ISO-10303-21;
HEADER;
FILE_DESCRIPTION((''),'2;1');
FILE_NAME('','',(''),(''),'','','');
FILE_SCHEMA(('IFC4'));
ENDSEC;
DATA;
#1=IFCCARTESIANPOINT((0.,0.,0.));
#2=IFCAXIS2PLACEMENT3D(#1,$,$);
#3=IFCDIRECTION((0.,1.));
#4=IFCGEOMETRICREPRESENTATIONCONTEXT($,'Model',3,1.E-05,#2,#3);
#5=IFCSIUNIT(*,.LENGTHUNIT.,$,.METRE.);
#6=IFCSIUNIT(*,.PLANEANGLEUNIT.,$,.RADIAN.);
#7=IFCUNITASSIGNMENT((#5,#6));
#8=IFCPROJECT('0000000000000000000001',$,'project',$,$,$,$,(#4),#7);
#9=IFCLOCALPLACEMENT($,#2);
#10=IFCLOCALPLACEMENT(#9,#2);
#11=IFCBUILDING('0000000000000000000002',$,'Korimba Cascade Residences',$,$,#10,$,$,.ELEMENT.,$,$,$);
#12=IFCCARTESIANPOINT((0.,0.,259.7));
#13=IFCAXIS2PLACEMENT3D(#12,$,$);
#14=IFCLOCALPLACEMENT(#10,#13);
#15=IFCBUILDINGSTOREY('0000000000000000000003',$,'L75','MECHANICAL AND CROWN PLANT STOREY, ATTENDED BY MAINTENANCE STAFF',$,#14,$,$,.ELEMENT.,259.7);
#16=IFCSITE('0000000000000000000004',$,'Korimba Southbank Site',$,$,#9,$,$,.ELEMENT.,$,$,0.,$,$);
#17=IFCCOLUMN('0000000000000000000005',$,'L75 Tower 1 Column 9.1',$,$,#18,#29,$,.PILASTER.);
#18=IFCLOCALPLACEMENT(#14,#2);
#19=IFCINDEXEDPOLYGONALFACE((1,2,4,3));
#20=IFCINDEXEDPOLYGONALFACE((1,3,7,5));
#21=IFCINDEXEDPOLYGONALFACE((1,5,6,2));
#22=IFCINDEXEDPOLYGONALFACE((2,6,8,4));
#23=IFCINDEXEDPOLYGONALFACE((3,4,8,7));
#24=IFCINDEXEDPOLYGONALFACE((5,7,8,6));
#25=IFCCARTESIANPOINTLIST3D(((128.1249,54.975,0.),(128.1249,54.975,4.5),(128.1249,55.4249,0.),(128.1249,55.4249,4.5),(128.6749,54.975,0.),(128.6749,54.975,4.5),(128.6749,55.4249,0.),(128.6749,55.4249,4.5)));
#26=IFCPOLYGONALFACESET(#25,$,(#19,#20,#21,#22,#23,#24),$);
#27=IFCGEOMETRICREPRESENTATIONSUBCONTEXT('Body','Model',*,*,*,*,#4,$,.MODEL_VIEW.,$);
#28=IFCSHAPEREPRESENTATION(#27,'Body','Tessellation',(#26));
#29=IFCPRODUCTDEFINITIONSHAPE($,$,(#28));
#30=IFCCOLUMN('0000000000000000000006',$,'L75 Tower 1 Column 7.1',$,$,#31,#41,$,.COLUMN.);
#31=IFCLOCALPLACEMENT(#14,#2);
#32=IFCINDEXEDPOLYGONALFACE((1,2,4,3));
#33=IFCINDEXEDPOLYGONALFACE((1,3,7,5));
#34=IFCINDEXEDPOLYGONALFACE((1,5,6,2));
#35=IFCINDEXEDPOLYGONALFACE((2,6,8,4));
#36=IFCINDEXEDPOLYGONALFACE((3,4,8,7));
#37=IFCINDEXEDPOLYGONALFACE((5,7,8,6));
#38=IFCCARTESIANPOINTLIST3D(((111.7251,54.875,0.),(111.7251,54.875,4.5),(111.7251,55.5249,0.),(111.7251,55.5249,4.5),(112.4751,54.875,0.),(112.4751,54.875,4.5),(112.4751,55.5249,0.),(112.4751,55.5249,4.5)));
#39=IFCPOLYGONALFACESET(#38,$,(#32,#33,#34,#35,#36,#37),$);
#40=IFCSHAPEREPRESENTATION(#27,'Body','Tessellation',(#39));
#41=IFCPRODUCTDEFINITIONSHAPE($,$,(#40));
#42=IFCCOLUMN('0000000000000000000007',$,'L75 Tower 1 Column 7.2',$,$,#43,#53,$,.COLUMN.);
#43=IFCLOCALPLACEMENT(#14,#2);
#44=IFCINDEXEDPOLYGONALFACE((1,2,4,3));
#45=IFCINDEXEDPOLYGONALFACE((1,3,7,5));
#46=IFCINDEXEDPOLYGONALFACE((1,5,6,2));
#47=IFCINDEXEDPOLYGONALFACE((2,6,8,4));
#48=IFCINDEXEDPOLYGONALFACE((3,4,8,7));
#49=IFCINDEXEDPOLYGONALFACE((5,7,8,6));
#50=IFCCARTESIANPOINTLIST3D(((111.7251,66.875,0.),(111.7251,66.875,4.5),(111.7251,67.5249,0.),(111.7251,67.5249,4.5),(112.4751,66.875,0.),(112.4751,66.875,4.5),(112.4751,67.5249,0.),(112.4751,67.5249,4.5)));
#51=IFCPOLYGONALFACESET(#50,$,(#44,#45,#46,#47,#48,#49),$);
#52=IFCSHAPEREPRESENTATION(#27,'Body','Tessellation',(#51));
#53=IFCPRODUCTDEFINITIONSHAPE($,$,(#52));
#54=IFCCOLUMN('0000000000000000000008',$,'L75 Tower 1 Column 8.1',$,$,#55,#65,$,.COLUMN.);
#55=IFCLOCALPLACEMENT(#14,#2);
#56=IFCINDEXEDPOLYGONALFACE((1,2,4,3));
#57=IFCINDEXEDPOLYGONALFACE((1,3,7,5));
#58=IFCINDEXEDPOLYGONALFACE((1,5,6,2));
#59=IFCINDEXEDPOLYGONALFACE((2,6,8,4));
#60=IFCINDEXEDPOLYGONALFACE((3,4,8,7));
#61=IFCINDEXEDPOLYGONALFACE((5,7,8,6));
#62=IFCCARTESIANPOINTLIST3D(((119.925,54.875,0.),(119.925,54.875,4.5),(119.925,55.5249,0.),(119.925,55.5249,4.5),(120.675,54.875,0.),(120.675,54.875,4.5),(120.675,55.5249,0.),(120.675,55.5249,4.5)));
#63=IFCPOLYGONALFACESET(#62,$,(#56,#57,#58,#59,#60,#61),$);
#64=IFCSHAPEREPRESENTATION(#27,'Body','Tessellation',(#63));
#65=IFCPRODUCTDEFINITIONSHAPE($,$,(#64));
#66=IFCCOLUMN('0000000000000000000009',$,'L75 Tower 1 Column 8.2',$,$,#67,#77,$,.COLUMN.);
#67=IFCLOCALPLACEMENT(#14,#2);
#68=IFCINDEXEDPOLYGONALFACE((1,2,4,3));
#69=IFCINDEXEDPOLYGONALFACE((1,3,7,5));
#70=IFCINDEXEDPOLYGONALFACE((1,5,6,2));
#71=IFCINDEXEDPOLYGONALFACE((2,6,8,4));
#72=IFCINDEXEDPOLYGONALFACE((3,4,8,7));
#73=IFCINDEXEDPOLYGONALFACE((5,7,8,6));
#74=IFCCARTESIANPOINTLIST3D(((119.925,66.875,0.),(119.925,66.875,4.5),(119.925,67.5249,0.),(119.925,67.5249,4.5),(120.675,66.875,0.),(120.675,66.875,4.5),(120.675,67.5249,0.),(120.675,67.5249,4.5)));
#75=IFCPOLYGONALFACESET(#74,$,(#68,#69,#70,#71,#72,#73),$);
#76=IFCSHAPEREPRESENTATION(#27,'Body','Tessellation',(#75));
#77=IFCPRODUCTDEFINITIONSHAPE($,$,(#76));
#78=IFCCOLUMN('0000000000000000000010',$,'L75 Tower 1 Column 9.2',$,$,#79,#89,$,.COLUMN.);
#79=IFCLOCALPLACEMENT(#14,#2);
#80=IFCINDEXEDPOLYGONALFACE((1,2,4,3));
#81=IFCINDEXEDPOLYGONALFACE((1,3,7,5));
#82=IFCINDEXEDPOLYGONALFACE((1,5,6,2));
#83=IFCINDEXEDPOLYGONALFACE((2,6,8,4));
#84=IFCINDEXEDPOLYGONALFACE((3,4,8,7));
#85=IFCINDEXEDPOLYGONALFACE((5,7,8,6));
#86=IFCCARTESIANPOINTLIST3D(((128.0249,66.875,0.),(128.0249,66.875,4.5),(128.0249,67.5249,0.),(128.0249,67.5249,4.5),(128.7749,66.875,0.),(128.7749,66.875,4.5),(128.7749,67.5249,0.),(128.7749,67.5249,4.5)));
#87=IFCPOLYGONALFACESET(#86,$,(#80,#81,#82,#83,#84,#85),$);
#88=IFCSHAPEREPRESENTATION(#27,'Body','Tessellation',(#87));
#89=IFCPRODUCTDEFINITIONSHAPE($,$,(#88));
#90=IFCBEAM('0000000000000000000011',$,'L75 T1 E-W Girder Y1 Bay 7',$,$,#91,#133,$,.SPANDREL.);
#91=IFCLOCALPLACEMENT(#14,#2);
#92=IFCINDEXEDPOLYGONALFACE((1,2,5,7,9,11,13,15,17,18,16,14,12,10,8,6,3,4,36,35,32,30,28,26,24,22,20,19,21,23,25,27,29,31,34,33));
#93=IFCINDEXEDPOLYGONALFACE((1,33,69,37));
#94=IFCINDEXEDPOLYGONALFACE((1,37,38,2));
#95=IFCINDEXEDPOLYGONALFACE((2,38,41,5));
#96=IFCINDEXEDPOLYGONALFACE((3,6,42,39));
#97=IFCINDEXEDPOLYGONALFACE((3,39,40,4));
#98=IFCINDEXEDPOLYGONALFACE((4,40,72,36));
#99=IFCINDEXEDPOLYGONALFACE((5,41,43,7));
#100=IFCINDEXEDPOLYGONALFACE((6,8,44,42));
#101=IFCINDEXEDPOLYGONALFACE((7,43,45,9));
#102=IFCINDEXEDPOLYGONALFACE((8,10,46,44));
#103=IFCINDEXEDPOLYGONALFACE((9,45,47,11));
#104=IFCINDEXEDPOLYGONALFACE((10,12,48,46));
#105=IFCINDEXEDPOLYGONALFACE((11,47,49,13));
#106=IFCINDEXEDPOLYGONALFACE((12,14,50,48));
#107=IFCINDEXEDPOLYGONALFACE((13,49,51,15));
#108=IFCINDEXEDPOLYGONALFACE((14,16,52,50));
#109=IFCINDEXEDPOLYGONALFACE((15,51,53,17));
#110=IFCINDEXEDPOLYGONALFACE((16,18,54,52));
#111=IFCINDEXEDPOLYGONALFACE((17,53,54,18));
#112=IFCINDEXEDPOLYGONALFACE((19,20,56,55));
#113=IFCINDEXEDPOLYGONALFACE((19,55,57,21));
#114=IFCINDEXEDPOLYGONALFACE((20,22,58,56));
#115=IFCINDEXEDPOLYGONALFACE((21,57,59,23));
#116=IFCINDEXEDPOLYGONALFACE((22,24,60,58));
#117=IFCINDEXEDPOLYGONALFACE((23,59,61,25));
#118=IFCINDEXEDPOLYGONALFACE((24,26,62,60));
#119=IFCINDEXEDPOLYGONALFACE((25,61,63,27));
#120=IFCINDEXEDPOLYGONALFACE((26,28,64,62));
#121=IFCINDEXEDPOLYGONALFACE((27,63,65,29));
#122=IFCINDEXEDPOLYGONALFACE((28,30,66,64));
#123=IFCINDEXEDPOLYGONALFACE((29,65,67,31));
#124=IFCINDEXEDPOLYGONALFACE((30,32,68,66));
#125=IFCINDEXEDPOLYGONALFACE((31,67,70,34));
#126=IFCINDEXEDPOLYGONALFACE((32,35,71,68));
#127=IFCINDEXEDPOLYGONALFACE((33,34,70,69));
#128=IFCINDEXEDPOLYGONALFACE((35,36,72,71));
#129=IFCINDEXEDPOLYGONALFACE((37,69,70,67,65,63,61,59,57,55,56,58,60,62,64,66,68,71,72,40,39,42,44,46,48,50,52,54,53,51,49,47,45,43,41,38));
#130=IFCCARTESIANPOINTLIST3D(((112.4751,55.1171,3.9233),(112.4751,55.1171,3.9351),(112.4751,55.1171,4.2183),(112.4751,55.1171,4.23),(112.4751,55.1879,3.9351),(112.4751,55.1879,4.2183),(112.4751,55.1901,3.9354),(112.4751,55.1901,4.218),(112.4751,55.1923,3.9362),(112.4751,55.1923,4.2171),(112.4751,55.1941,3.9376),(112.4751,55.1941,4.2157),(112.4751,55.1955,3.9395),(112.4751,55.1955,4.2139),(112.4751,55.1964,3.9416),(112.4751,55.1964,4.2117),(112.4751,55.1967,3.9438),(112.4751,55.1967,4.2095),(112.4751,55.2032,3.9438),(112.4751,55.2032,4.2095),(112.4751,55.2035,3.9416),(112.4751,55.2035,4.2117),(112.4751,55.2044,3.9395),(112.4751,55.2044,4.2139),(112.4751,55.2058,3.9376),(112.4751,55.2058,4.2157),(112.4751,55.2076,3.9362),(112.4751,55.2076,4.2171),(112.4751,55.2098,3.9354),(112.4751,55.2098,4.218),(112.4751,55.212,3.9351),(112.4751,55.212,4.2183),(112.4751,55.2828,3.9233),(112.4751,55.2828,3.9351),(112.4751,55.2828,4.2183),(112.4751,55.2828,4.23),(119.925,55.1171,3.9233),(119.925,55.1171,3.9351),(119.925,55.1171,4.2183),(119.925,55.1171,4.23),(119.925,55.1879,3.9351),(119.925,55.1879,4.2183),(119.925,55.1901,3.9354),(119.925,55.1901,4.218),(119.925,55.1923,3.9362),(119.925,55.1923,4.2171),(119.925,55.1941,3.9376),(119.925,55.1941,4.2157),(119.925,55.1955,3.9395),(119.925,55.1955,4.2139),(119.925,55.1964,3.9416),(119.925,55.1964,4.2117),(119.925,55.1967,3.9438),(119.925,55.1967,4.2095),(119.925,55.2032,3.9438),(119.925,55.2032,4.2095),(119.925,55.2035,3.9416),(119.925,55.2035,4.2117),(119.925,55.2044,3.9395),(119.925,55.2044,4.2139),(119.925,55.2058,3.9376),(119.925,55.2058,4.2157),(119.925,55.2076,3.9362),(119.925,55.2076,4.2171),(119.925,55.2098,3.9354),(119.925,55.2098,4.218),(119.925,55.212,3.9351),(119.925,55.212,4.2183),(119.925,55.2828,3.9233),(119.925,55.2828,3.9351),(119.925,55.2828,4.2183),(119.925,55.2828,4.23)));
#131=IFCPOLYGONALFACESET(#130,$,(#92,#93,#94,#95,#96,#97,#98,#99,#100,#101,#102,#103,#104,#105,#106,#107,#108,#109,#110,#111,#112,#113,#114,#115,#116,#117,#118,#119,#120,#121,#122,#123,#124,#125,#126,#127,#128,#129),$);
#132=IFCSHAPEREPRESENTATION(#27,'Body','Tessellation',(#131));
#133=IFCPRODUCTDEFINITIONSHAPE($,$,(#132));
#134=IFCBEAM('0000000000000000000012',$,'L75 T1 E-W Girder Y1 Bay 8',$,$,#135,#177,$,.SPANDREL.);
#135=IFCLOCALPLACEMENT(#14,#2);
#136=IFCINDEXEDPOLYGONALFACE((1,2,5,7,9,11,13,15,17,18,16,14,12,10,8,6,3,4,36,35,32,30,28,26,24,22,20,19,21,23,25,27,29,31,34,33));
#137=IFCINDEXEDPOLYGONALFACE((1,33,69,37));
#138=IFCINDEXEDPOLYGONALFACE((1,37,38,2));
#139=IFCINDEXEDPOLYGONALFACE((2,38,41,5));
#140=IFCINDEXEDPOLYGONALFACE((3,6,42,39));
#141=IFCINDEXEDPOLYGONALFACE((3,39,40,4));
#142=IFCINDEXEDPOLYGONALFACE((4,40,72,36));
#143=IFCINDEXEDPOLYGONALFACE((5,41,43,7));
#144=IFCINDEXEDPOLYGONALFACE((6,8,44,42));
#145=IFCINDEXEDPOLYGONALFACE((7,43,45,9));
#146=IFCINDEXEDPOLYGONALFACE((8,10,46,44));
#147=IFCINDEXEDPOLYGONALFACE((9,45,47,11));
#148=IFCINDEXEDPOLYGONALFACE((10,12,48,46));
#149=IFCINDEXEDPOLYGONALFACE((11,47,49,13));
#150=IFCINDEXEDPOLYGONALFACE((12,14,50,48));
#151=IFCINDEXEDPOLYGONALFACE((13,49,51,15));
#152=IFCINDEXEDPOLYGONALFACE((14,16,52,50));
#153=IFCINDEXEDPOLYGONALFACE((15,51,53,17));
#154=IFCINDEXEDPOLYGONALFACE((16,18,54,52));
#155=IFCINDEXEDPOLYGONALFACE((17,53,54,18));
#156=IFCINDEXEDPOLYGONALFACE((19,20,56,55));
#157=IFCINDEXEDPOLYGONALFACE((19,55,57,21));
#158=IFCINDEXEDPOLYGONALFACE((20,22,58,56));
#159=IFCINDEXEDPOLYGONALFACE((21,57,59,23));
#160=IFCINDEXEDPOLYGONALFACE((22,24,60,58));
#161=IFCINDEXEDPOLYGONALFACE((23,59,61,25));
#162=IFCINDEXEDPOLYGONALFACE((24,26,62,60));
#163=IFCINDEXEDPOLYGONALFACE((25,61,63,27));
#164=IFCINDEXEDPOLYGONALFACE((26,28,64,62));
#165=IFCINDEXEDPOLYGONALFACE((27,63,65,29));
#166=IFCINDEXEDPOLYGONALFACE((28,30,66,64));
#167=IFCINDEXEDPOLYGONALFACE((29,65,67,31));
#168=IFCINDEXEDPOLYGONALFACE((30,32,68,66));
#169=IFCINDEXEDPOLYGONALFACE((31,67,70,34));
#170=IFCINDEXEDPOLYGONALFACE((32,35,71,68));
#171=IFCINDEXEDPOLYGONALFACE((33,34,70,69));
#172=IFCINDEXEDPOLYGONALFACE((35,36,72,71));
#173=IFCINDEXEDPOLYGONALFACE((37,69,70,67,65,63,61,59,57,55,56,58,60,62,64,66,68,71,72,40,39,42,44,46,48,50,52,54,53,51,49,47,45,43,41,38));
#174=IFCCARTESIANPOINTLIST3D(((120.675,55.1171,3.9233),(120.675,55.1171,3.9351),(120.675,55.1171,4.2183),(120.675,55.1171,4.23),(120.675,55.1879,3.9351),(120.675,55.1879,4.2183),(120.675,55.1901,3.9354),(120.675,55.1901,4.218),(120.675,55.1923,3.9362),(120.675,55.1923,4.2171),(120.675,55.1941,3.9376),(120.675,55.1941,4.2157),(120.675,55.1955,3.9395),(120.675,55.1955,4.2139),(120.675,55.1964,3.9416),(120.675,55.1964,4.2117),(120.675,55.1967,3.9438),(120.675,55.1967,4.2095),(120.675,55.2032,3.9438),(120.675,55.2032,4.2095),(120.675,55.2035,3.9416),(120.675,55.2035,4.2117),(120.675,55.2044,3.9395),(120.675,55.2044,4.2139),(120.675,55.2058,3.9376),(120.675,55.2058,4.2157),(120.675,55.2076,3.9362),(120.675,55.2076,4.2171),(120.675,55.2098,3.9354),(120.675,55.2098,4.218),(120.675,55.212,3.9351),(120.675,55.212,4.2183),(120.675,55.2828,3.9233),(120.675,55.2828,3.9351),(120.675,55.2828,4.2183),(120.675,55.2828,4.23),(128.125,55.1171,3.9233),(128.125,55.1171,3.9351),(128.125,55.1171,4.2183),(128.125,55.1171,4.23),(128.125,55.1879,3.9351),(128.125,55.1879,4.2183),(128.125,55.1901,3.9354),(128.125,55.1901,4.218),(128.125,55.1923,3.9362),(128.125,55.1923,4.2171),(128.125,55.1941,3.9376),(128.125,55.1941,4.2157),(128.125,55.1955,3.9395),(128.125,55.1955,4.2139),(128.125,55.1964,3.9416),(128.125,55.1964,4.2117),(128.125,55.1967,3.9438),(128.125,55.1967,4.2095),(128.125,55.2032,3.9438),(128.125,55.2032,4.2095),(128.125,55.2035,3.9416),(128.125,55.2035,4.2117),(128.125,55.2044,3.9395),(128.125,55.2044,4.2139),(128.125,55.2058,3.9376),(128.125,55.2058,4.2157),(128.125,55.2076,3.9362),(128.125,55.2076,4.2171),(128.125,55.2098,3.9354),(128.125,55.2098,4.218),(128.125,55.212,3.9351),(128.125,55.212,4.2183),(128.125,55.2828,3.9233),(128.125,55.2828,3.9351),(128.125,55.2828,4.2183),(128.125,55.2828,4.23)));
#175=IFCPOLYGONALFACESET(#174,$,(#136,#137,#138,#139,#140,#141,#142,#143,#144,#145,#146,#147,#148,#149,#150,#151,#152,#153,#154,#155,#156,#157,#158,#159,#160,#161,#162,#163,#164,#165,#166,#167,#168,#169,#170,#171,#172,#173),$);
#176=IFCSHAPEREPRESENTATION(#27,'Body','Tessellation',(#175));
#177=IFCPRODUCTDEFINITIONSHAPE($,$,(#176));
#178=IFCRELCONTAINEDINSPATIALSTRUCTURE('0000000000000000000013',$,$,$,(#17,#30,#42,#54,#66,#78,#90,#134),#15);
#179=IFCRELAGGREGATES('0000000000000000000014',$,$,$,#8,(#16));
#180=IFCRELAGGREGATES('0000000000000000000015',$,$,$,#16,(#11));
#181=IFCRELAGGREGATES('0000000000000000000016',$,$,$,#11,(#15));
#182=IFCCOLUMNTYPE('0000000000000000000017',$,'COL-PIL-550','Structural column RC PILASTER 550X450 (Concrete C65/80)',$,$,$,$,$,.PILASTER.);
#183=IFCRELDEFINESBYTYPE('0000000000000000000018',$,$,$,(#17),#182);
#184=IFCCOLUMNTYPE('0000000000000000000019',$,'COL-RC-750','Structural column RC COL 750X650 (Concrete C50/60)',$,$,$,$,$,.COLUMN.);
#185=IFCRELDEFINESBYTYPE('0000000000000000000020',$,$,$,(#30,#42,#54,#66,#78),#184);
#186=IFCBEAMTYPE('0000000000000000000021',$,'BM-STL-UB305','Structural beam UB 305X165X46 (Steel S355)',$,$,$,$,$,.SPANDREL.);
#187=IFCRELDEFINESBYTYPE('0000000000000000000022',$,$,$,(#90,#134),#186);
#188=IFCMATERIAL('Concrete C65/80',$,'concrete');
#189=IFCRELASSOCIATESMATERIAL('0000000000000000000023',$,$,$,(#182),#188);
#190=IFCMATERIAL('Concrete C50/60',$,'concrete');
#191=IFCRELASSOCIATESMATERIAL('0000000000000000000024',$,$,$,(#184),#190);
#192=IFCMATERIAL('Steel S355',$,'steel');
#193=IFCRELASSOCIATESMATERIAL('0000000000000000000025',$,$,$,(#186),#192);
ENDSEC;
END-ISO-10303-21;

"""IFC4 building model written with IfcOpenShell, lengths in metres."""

from ifc_helpers import new_model, si_unit, direction, frame, origin, origin_2d, place, context, subcontext, project, spatial, rectangle, i_section, extrude, material, material_profile, profile_set, type_object, element, save


model = new_model("IFC4")

# Units and contexts
model_context = context("Model", 3, precision=1e-05, world=origin(), true_north=direction((0.0, 1.0)))
body_context = subcontext(model_context, "Body", "Model", "MODEL_VIEW")
ifc_project = project(units=[si_unit("LENGTHUNIT", "METRE"), si_unit("PLANEANGLEUNIT", "RADIAN")], contexts=[model_context])

# Site, building, storey
site_placement = place(None, origin())
site = spatial("IfcSite", under=ifc_project, at=site_placement, Name="Korimba Southbank Site", CompositionType="ELEMENT", RefElevation=0.0)
building_placement = place(site_placement, origin())
building = spatial("IfcBuilding", under=site, at=building_placement, Name="Korimba Cascade Residences", CompositionType="ELEMENT")
storey_placement = place(building_placement, frame((0.0, 0.0, 259.7)))
storey = spatial("IfcBuildingStorey", under=building, at=storey_placement, Name="L75", Description="MECHANICAL AND CROWN PLANT STOREY, ATTENDED BY MAINTENANCE STAFF", CompositionType="ELEMENT", Elevation=259.7)

# Columns
ifc_material_1 = material(Name="Concrete C65/80", Category="concrete")
ifc_material_profile_1 = material_profile(ifc_material_1, rectangle(XDim=0.55, YDim=0.45, at=origin_2d()), Name="Concrete C65/80")
ifc_profile_set_1 = profile_set([ifc_material_profile_1], Name="Concrete C65/80")
column_type_1 = type_object("IfcColumnType", Name="COL-PIL-550", Description="Structural column RC PILASTER 550X450 (Concrete C65/80)", PredefinedType="PILASTER", material=ifc_profile_set_1)
column_placement = place(storey_placement, frame((128.3999, 55.2, 0.0), z_axis=(0.0, 0.0, 1.0), x_axis=(1.0, 0.0, 0.0)))
element("IfcColumn", 1, at=column_placement, inside=storey, type_object=column_type_1, Name="L75 Tower 1 Column 9.1", PredefinedType="PILASTER", context=body_context, shape_type="SweptSolid", body=[
    extrude(rectangle(XDim=0.55, YDim=0.45, at=origin_2d()), origin(), (0.0, 0.0, 1.0), 4.5),
])
ifc_material_2 = material(Name="Concrete C50/60", Category="concrete")
ifc_material_profile_2 = material_profile(ifc_material_2, rectangle(XDim=0.75, YDim=0.6499, at=origin_2d()), Name="Concrete C50/60")
ifc_profile_set_2 = profile_set([ifc_material_profile_2], Name="Concrete C50/60")
column_type_2 = type_object("IfcColumnType", Name="COL-RC-750", Description="Structural column RC COL 750X650 (Concrete C50/60)", PredefinedType="COLUMN", material=ifc_profile_set_2)
for number, where, z_axis, x_axis, name in (
    (2, (112.1001, 55.2, 0.0), (0.0, 0.0, 1.0), (1.0, 0.0, 0.0), "L75 Tower 1 Column 7.1"),
    (3, (112.1001, 67.2, 0.0), (0.0, 0.0, 1.0), (1.0, 0.0, 0.0), "L75 Tower 1 Column 7.2"),
    (4, (120.3, 55.2, 0.0), (0.0, 0.0, 1.0), (1.0, 0.0, 0.0), "L75 Tower 1 Column 8.1"),
    (5, (120.3, 67.2, 0.0), (0.0, 0.0, 1.0), (1.0, 0.0, 0.0), "L75 Tower 1 Column 8.2"),
    (6, (128.3999, 67.2, 0.0), (0.0, 0.0, 1.0), (1.0, 0.0, 0.0), "L75 Tower 1 Column 9.2"),
):
    element("IfcColumn", number, at=place(storey_placement, frame(where, z_axis=z_axis, x_axis=x_axis)), inside=storey, type_object=column_type_2, Name=name, PredefinedType="COLUMN", context=body_context, shape_type="SweptSolid", body=[
        extrude(rectangle(XDim=0.75, YDim=0.6499, at=origin_2d()), origin(), (0.0, 0.0, 1.0), 4.5),
    ])

# Beams
ifc_material_3 = material(Name="Steel S355", Category="steel")
ifc_material_profile_3 = material_profile(ifc_material_3, i_section(OverallWidth=0.1658, OverallDepth=0.3066, WebThickness=0.0066, FlangeThickness=0.0117, FilletRadius=0.0088, at=origin_2d()), Name="Steel S355")
ifc_profile_set_3 = profile_set([ifc_material_profile_3], Name="Steel S355")
beam_type_1 = type_object("IfcBeamType", Name="BM-STL-UB305", Description="Structural beam UB 305X165X46 (Steel S355)", PredefinedType="SPANDREL", material=ifc_profile_set_3)
for number, where, z_axis, x_axis, name in (
    (7, (112.4751, 55.2, 4.0767), (1.0, 0.0, 0.0), (0.0, 1.0, 0.0), "L75 T1 E-W Girder Y1 Bay 7"),
    (8, (120.675, 55.2, 4.0767), (1.0, 0.0, 0.0), (0.0, 1.0, 0.0), "L75 T1 E-W Girder Y1 Bay 8"),
):
    element("IfcBeam", number, at=place(storey_placement, frame(where, z_axis=z_axis, x_axis=x_axis)), inside=storey, type_object=beam_type_1, Name=name, PredefinedType="SPANDREL", context=body_context, shape_type="SweptSolid", body=[
        extrude(i_section(OverallWidth=0.1658, OverallDepth=0.3066, WebThickness=0.0066, FlangeThickness=0.0117, FilletRadius=0.0088, at=origin_2d()), origin(), (0.0, 0.0, 1.0), 7.45),
    ])

save(model, "model.ifc")
